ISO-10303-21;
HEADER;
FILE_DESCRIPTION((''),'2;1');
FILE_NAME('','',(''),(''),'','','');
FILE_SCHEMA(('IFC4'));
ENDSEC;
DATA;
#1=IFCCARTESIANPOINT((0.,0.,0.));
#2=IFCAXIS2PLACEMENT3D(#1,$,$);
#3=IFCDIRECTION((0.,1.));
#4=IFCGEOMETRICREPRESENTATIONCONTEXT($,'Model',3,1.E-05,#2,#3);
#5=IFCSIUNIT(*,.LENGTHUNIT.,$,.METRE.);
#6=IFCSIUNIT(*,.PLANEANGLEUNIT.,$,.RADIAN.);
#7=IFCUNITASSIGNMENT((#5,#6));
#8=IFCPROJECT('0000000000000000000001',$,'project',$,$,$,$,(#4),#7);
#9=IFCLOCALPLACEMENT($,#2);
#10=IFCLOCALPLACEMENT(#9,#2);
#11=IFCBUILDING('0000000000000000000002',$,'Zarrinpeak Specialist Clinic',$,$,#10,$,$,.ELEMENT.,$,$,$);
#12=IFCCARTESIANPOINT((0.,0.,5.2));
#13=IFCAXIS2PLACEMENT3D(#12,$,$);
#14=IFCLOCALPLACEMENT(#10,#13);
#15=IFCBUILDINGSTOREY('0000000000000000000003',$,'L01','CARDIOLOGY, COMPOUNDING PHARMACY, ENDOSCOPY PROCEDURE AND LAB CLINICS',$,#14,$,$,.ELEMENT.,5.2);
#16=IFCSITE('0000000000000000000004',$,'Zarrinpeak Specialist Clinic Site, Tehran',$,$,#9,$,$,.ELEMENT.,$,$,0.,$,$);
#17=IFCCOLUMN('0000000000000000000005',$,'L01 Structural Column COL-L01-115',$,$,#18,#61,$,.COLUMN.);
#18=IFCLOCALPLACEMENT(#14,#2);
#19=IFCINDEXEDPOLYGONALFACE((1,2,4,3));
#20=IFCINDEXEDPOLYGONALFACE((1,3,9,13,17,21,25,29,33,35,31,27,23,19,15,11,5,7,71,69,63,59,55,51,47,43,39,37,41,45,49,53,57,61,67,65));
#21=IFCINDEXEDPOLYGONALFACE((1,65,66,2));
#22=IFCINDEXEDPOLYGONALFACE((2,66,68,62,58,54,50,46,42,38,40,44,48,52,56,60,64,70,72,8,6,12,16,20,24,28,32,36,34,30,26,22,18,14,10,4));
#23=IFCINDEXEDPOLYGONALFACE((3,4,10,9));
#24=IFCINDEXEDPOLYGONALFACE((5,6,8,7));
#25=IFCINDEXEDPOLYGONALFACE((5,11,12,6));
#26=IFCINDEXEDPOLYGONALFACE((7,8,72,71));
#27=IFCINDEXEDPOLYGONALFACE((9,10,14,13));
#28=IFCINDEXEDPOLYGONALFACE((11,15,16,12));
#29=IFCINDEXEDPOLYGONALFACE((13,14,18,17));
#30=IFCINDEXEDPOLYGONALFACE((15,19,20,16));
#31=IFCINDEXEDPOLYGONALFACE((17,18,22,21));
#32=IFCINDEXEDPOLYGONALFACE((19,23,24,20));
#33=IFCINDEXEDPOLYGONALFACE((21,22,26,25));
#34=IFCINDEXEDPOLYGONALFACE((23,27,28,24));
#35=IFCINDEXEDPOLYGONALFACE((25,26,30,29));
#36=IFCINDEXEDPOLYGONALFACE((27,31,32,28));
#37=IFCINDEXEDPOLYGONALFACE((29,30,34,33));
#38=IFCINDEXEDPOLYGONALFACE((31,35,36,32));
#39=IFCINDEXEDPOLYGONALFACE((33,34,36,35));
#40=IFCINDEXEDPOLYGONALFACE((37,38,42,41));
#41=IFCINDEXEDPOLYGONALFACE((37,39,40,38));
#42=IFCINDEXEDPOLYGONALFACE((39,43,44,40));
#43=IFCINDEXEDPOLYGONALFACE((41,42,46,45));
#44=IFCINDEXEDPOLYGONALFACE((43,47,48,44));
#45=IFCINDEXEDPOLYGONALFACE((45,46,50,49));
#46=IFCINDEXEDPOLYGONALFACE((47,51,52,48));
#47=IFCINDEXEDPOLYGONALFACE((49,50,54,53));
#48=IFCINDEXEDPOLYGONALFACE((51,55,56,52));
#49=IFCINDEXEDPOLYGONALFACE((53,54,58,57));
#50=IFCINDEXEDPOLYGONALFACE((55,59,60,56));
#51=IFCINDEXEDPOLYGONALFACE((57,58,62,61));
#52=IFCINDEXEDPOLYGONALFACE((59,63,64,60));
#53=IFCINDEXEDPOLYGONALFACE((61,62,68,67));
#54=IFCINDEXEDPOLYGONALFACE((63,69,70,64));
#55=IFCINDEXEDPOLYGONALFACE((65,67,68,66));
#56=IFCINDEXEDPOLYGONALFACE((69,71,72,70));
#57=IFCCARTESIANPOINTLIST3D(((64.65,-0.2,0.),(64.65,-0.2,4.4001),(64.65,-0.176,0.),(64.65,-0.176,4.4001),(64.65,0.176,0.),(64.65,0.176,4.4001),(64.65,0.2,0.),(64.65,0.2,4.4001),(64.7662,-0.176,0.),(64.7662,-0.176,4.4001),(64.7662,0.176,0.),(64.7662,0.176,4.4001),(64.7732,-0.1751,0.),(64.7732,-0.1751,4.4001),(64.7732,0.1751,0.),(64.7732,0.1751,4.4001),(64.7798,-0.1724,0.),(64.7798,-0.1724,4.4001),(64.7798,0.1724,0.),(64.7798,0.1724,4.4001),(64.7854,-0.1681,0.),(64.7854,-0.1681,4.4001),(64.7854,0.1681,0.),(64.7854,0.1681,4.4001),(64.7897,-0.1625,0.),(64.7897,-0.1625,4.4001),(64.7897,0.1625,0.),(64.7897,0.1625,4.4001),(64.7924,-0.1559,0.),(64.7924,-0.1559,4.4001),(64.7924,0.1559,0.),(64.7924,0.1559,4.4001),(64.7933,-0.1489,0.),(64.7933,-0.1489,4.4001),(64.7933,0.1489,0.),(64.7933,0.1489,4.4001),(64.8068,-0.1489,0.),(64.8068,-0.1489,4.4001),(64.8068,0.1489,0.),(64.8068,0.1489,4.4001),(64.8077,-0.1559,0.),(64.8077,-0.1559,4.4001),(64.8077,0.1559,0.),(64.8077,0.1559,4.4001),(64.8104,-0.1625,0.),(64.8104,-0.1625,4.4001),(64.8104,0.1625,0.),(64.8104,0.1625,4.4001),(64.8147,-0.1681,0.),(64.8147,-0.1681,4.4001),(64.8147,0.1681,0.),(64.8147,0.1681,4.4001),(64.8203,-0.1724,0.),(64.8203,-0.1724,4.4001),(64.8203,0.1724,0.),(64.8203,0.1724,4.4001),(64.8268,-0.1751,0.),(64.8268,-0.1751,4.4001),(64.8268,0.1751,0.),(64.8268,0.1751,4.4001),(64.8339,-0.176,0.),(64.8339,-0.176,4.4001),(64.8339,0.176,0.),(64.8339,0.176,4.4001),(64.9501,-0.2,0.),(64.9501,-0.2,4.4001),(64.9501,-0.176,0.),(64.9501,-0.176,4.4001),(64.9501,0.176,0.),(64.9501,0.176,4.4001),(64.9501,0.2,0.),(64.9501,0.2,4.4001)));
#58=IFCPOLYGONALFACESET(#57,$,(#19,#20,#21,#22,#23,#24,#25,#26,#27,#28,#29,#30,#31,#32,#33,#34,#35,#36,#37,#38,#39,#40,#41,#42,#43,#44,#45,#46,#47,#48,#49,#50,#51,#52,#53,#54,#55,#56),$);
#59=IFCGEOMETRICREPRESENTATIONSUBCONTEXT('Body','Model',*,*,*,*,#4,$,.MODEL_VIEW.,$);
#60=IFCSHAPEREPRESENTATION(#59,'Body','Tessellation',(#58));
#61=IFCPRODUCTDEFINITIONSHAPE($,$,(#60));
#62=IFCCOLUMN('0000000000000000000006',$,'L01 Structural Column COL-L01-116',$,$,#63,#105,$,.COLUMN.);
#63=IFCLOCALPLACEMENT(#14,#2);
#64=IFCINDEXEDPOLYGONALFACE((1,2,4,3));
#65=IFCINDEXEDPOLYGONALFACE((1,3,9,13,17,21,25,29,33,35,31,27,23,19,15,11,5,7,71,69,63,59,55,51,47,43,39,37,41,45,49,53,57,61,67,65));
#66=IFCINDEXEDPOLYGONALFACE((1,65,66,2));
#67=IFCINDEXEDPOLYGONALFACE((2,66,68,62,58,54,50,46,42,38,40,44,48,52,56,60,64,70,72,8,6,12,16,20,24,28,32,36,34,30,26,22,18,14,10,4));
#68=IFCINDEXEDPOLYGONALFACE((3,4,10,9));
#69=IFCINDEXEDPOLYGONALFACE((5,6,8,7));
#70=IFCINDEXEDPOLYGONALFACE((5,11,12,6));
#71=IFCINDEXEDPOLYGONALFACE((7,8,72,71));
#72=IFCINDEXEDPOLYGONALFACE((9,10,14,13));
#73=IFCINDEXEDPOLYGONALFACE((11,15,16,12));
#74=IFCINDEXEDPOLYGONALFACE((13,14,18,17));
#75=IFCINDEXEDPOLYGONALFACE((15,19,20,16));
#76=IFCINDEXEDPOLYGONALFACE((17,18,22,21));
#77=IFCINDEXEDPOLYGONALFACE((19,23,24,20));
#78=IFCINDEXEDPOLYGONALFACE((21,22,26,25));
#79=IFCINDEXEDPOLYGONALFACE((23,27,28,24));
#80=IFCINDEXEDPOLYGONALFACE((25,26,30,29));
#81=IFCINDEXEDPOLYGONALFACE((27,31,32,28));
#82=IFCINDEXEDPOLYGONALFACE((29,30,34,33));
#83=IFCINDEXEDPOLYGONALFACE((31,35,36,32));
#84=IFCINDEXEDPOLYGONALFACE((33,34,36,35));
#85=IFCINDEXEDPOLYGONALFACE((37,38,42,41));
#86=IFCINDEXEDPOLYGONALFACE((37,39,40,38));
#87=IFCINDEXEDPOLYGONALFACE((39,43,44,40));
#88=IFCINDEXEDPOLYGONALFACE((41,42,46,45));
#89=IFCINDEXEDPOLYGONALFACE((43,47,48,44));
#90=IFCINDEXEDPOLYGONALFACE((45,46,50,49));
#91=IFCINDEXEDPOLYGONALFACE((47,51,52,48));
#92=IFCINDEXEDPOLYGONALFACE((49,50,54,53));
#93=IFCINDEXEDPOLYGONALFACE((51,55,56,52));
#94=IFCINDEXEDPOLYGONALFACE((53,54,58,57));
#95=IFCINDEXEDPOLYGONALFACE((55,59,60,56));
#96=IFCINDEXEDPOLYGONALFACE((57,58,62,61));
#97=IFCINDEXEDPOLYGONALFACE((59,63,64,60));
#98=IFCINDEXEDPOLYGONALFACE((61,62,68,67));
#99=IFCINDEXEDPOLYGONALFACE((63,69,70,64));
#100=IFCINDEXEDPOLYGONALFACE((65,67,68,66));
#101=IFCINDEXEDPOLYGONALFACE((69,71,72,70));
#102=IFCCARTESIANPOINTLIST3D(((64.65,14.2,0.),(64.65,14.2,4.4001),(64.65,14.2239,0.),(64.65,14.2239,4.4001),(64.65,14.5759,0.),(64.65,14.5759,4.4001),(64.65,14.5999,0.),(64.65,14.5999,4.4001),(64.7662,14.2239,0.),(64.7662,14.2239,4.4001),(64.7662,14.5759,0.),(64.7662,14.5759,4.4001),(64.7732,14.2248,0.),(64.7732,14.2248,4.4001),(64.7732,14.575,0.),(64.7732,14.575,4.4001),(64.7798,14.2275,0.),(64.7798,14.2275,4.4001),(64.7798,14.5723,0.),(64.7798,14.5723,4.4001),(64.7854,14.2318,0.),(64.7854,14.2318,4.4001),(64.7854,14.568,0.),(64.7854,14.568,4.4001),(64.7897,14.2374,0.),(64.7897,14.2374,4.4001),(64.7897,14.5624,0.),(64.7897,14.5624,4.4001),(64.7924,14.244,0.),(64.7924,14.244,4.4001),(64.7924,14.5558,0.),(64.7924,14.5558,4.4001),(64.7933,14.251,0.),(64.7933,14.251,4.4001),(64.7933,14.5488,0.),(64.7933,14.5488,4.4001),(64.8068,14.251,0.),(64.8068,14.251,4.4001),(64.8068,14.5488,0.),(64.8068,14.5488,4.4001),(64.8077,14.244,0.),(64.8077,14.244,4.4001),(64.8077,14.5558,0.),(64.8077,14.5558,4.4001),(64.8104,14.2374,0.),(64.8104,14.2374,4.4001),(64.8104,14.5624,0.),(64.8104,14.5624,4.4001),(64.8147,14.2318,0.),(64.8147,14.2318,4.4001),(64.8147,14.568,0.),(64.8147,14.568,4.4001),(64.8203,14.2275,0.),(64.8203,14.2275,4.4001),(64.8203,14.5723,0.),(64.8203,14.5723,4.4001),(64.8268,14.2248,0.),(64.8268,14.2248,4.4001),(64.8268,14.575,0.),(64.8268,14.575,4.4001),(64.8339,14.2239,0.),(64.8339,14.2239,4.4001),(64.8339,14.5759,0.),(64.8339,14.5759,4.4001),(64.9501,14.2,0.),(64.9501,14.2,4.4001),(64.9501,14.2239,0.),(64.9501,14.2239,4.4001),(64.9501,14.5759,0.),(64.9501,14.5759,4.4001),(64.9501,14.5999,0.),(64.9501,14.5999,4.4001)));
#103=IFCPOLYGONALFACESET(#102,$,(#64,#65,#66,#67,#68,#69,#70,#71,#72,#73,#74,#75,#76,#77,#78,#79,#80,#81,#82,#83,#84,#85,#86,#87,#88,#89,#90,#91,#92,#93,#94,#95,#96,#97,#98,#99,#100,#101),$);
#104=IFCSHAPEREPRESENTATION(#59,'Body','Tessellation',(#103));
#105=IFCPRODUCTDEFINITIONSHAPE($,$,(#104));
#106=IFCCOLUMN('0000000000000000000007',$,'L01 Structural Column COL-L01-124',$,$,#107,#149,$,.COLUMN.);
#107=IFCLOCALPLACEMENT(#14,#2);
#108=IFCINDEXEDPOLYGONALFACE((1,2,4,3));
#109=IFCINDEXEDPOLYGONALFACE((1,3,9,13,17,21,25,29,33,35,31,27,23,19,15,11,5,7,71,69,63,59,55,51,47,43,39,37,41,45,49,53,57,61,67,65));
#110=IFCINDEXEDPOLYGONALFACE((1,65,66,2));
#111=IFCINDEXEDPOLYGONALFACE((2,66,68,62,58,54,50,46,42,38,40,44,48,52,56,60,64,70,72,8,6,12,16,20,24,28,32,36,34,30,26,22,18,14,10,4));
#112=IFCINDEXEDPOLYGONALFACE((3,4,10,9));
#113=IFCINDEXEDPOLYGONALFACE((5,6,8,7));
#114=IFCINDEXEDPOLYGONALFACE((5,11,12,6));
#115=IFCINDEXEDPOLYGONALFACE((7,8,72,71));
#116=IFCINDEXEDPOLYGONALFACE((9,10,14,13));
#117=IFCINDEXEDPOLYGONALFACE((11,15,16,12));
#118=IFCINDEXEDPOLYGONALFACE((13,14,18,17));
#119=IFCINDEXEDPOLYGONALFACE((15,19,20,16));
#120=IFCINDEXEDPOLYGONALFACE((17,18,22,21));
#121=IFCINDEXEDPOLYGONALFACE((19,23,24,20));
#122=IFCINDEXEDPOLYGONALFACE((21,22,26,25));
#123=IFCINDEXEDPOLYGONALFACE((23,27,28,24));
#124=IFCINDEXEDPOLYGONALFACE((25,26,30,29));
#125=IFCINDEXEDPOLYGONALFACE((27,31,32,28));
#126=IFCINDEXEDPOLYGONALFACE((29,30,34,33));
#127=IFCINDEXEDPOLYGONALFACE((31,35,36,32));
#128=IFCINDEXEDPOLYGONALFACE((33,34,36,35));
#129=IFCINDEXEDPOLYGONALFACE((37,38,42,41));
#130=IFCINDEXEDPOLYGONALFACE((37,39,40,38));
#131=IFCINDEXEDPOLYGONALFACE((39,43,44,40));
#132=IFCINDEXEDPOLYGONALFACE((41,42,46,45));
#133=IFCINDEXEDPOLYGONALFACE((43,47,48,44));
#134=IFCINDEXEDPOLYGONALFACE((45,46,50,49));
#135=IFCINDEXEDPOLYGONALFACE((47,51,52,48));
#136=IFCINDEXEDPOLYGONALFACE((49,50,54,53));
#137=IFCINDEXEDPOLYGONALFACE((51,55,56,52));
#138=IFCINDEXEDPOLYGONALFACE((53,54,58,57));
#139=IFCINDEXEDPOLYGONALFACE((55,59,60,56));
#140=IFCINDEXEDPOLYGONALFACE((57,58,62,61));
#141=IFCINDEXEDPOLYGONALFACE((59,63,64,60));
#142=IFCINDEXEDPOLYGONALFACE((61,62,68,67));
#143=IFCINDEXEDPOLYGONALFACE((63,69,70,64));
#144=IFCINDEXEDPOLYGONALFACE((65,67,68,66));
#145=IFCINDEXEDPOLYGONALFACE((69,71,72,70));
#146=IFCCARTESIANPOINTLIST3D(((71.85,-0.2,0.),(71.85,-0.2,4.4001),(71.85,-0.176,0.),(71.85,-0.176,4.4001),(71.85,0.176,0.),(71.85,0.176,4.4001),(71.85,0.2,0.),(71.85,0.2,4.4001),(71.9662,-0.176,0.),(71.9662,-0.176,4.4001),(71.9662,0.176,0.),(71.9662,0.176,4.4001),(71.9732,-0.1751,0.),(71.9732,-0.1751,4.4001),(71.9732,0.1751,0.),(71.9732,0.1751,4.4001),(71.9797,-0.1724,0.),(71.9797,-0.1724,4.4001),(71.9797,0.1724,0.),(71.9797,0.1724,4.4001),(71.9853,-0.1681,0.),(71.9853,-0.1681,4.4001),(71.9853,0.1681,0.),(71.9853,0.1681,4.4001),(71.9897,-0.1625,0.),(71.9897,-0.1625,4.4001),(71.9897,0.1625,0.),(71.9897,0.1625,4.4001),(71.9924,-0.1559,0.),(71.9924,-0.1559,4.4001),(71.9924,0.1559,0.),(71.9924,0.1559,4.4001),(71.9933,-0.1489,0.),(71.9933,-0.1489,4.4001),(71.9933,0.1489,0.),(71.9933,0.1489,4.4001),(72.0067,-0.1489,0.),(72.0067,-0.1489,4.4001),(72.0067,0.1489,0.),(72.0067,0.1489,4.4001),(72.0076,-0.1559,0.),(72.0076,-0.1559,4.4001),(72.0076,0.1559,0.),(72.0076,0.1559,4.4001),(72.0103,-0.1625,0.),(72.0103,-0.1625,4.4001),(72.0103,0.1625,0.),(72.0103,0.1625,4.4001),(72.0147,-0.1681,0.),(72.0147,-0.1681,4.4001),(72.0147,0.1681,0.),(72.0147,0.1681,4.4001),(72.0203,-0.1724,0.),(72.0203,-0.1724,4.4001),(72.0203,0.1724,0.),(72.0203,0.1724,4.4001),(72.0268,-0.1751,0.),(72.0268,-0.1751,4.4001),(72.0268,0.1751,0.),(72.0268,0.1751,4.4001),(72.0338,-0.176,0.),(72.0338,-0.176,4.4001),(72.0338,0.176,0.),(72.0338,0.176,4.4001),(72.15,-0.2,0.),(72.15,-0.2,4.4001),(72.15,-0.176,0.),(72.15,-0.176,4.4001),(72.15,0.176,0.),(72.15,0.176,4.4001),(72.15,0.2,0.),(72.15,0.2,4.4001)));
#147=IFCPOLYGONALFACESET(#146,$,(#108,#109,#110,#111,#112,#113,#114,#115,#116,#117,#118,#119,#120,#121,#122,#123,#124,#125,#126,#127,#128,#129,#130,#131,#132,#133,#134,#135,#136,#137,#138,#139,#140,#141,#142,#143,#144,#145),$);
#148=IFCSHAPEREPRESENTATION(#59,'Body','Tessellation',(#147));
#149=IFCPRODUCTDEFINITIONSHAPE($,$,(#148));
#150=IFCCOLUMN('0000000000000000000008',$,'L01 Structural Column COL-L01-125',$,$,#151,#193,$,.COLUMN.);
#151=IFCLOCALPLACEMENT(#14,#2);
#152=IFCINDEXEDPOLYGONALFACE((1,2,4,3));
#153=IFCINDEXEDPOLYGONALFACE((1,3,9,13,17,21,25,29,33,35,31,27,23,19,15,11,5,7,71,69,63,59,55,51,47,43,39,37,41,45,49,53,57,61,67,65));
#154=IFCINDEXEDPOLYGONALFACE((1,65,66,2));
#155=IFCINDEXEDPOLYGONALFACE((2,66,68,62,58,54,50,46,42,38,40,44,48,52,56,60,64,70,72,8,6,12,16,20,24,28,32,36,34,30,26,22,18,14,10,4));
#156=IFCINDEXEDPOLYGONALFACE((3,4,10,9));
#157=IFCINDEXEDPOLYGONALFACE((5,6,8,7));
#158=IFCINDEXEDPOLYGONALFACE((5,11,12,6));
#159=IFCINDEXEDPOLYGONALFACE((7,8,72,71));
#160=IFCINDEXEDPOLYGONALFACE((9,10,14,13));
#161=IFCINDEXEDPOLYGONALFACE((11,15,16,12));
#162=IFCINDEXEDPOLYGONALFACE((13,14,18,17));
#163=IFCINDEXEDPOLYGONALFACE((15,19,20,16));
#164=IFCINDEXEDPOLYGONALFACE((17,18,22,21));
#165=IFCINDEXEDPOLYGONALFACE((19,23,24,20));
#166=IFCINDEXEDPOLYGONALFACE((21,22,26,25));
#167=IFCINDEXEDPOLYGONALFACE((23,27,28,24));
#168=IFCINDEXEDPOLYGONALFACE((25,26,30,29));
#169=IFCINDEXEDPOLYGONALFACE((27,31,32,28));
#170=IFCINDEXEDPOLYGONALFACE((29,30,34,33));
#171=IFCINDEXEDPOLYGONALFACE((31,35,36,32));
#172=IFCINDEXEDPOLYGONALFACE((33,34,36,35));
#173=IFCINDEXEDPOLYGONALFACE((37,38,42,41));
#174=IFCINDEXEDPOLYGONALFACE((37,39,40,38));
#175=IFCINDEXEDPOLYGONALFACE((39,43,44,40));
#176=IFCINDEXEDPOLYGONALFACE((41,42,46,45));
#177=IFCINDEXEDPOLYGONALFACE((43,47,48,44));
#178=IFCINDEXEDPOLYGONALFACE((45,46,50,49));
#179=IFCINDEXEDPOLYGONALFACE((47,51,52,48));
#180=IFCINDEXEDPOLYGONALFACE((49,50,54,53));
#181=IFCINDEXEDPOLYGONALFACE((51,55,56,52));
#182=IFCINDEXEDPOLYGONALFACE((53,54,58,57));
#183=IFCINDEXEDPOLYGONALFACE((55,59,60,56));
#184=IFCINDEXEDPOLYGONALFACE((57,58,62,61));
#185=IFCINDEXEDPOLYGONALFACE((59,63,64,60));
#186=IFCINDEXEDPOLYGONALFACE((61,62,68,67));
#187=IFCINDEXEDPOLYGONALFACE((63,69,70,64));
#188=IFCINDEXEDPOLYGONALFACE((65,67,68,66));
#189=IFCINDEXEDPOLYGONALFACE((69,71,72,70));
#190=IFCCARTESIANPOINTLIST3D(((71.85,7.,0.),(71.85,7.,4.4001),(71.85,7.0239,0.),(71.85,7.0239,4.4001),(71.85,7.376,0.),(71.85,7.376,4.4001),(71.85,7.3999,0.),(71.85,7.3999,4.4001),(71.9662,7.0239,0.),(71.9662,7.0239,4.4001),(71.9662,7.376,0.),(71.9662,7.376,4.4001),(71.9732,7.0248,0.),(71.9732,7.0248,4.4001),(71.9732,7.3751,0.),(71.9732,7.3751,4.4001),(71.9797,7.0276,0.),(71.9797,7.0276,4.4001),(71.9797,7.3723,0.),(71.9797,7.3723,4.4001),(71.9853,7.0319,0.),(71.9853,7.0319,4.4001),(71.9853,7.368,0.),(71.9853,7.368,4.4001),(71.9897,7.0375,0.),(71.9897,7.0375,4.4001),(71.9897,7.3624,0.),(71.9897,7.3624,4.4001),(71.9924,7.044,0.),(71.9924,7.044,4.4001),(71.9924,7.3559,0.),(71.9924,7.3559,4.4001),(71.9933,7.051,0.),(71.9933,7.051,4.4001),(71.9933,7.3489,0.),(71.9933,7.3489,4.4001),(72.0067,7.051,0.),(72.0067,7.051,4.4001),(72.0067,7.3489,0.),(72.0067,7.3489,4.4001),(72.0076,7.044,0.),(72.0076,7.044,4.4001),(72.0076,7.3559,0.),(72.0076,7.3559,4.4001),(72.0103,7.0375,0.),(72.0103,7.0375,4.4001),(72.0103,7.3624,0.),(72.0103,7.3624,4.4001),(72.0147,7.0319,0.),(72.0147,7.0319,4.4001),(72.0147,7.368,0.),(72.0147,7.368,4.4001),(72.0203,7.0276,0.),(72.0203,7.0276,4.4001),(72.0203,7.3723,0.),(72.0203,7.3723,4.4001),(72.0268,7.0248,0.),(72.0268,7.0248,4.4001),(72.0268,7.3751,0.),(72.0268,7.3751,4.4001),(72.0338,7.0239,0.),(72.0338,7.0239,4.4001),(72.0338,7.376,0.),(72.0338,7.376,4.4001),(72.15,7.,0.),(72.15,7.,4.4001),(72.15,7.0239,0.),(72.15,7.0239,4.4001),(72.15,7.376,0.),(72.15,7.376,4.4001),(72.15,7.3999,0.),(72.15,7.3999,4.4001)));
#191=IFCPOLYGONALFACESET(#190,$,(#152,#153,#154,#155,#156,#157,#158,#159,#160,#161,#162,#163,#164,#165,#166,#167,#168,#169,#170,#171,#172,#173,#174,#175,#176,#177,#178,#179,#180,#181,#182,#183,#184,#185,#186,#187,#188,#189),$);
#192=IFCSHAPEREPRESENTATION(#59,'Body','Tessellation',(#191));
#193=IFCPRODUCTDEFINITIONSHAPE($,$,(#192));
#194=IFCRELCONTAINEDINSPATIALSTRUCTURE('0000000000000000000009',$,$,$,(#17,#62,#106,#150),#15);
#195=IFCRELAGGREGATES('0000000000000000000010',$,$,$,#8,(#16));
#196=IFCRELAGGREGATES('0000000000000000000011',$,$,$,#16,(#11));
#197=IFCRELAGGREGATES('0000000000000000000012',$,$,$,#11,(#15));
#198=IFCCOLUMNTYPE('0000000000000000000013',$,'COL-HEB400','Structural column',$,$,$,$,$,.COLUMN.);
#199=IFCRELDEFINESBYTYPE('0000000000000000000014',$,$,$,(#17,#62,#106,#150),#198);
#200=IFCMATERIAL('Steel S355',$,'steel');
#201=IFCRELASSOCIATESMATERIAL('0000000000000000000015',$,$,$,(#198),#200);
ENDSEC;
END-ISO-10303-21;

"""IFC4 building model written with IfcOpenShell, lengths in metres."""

from ifc_helpers import new_model, si_unit, direction, frame, origin, origin_2d, place, context, subcontext, project, spatial, i_section, extrude, material, material_profile, profile_set, type_object, element, save


model = new_model("IFC4")

# Units and contexts
model_context = context("Model", 3, precision=1e-05, world=origin(), true_north=direction((0.0, 1.0)))
body_context = subcontext(model_context, "Body", "Model", "MODEL_VIEW")
ifc_project = project(units=[si_unit("LENGTHUNIT", "METRE"), si_unit("PLANEANGLEUNIT", "RADIAN")], contexts=[model_context])

# Site, building, storey
site_placement = place(None, origin())
site = spatial("IfcSite", under=ifc_project, at=site_placement, Name="Zarrinpeak Specialist Clinic Site, Tehran", CompositionType="ELEMENT", RefElevation=0.0)
building_placement = place(site_placement, origin())
building = spatial("IfcBuilding", under=site, at=building_placement, Name="Zarrinpeak Specialist Clinic", CompositionType="ELEMENT")
storey_placement = place(building_placement, frame((0.0, 0.0, 5.2)))
storey = spatial("IfcBuildingStorey", under=building, at=storey_placement, Name="L01", Description="CARDIOLOGY, COMPOUNDING PHARMACY, ENDOSCOPY PROCEDURE AND LAB CLINICS", CompositionType="ELEMENT", Elevation=5.2)

# Columns
ifc_material_1 = material(Name="Steel S355", Category="steel")
ifc_material_profile_1 = material_profile(ifc_material_1, i_section(OverallWidth=0.3, OverallDepth=0.3999, WebThickness=0.0134, FlangeThickness=0.0239, FilletRadius=0.0271, at=origin_2d()), Name="HEB 400")
ifc_profile_set_1 = profile_set([ifc_material_profile_1], Name="Steel S355")
column_type = type_object("IfcColumnType", Name="COL-HEB400", Description="Structural column", PredefinedType="COLUMN", material=ifc_profile_set_1)
for number, where, z_axis, x_axis, name in (
    (1, (64.8, 0.0, 0.0), (0.0, 0.0, 1.0), (1.0, 0.0, 0.0), "L01 Structural Column COL-L01-115"),
    (2, (64.8, 14.3999, 0.0), (0.0, 0.0, 1.0), (1.0, 0.0, 0.0), "L01 Structural Column COL-L01-116"),
    (3, (72.0, 0.0, 0.0), (0.0, 0.0, 1.0), (1.0, 0.0, 0.0), "L01 Structural Column COL-L01-124"),
    (4, (72.0, 7.2, 0.0), (0.0, 0.0, 1.0), (1.0, 0.0, 0.0), "L01 Structural Column COL-L01-125"),
):
    element("IfcColumn", number, at=place(storey_placement, frame(where, z_axis=z_axis, x_axis=x_axis)), inside=storey, type_object=column_type, Name=name, PredefinedType="COLUMN", context=body_context, shape_type="SweptSolid", body=[
        extrude(i_section(OverallWidth=0.3, OverallDepth=0.3999, WebThickness=0.0134, FlangeThickness=0.0239, FilletRadius=0.0271, at=origin_2d()), origin(), (0.0, 0.0, 1.0), 4.4001),
    ])

save(model, "model.ifc")
